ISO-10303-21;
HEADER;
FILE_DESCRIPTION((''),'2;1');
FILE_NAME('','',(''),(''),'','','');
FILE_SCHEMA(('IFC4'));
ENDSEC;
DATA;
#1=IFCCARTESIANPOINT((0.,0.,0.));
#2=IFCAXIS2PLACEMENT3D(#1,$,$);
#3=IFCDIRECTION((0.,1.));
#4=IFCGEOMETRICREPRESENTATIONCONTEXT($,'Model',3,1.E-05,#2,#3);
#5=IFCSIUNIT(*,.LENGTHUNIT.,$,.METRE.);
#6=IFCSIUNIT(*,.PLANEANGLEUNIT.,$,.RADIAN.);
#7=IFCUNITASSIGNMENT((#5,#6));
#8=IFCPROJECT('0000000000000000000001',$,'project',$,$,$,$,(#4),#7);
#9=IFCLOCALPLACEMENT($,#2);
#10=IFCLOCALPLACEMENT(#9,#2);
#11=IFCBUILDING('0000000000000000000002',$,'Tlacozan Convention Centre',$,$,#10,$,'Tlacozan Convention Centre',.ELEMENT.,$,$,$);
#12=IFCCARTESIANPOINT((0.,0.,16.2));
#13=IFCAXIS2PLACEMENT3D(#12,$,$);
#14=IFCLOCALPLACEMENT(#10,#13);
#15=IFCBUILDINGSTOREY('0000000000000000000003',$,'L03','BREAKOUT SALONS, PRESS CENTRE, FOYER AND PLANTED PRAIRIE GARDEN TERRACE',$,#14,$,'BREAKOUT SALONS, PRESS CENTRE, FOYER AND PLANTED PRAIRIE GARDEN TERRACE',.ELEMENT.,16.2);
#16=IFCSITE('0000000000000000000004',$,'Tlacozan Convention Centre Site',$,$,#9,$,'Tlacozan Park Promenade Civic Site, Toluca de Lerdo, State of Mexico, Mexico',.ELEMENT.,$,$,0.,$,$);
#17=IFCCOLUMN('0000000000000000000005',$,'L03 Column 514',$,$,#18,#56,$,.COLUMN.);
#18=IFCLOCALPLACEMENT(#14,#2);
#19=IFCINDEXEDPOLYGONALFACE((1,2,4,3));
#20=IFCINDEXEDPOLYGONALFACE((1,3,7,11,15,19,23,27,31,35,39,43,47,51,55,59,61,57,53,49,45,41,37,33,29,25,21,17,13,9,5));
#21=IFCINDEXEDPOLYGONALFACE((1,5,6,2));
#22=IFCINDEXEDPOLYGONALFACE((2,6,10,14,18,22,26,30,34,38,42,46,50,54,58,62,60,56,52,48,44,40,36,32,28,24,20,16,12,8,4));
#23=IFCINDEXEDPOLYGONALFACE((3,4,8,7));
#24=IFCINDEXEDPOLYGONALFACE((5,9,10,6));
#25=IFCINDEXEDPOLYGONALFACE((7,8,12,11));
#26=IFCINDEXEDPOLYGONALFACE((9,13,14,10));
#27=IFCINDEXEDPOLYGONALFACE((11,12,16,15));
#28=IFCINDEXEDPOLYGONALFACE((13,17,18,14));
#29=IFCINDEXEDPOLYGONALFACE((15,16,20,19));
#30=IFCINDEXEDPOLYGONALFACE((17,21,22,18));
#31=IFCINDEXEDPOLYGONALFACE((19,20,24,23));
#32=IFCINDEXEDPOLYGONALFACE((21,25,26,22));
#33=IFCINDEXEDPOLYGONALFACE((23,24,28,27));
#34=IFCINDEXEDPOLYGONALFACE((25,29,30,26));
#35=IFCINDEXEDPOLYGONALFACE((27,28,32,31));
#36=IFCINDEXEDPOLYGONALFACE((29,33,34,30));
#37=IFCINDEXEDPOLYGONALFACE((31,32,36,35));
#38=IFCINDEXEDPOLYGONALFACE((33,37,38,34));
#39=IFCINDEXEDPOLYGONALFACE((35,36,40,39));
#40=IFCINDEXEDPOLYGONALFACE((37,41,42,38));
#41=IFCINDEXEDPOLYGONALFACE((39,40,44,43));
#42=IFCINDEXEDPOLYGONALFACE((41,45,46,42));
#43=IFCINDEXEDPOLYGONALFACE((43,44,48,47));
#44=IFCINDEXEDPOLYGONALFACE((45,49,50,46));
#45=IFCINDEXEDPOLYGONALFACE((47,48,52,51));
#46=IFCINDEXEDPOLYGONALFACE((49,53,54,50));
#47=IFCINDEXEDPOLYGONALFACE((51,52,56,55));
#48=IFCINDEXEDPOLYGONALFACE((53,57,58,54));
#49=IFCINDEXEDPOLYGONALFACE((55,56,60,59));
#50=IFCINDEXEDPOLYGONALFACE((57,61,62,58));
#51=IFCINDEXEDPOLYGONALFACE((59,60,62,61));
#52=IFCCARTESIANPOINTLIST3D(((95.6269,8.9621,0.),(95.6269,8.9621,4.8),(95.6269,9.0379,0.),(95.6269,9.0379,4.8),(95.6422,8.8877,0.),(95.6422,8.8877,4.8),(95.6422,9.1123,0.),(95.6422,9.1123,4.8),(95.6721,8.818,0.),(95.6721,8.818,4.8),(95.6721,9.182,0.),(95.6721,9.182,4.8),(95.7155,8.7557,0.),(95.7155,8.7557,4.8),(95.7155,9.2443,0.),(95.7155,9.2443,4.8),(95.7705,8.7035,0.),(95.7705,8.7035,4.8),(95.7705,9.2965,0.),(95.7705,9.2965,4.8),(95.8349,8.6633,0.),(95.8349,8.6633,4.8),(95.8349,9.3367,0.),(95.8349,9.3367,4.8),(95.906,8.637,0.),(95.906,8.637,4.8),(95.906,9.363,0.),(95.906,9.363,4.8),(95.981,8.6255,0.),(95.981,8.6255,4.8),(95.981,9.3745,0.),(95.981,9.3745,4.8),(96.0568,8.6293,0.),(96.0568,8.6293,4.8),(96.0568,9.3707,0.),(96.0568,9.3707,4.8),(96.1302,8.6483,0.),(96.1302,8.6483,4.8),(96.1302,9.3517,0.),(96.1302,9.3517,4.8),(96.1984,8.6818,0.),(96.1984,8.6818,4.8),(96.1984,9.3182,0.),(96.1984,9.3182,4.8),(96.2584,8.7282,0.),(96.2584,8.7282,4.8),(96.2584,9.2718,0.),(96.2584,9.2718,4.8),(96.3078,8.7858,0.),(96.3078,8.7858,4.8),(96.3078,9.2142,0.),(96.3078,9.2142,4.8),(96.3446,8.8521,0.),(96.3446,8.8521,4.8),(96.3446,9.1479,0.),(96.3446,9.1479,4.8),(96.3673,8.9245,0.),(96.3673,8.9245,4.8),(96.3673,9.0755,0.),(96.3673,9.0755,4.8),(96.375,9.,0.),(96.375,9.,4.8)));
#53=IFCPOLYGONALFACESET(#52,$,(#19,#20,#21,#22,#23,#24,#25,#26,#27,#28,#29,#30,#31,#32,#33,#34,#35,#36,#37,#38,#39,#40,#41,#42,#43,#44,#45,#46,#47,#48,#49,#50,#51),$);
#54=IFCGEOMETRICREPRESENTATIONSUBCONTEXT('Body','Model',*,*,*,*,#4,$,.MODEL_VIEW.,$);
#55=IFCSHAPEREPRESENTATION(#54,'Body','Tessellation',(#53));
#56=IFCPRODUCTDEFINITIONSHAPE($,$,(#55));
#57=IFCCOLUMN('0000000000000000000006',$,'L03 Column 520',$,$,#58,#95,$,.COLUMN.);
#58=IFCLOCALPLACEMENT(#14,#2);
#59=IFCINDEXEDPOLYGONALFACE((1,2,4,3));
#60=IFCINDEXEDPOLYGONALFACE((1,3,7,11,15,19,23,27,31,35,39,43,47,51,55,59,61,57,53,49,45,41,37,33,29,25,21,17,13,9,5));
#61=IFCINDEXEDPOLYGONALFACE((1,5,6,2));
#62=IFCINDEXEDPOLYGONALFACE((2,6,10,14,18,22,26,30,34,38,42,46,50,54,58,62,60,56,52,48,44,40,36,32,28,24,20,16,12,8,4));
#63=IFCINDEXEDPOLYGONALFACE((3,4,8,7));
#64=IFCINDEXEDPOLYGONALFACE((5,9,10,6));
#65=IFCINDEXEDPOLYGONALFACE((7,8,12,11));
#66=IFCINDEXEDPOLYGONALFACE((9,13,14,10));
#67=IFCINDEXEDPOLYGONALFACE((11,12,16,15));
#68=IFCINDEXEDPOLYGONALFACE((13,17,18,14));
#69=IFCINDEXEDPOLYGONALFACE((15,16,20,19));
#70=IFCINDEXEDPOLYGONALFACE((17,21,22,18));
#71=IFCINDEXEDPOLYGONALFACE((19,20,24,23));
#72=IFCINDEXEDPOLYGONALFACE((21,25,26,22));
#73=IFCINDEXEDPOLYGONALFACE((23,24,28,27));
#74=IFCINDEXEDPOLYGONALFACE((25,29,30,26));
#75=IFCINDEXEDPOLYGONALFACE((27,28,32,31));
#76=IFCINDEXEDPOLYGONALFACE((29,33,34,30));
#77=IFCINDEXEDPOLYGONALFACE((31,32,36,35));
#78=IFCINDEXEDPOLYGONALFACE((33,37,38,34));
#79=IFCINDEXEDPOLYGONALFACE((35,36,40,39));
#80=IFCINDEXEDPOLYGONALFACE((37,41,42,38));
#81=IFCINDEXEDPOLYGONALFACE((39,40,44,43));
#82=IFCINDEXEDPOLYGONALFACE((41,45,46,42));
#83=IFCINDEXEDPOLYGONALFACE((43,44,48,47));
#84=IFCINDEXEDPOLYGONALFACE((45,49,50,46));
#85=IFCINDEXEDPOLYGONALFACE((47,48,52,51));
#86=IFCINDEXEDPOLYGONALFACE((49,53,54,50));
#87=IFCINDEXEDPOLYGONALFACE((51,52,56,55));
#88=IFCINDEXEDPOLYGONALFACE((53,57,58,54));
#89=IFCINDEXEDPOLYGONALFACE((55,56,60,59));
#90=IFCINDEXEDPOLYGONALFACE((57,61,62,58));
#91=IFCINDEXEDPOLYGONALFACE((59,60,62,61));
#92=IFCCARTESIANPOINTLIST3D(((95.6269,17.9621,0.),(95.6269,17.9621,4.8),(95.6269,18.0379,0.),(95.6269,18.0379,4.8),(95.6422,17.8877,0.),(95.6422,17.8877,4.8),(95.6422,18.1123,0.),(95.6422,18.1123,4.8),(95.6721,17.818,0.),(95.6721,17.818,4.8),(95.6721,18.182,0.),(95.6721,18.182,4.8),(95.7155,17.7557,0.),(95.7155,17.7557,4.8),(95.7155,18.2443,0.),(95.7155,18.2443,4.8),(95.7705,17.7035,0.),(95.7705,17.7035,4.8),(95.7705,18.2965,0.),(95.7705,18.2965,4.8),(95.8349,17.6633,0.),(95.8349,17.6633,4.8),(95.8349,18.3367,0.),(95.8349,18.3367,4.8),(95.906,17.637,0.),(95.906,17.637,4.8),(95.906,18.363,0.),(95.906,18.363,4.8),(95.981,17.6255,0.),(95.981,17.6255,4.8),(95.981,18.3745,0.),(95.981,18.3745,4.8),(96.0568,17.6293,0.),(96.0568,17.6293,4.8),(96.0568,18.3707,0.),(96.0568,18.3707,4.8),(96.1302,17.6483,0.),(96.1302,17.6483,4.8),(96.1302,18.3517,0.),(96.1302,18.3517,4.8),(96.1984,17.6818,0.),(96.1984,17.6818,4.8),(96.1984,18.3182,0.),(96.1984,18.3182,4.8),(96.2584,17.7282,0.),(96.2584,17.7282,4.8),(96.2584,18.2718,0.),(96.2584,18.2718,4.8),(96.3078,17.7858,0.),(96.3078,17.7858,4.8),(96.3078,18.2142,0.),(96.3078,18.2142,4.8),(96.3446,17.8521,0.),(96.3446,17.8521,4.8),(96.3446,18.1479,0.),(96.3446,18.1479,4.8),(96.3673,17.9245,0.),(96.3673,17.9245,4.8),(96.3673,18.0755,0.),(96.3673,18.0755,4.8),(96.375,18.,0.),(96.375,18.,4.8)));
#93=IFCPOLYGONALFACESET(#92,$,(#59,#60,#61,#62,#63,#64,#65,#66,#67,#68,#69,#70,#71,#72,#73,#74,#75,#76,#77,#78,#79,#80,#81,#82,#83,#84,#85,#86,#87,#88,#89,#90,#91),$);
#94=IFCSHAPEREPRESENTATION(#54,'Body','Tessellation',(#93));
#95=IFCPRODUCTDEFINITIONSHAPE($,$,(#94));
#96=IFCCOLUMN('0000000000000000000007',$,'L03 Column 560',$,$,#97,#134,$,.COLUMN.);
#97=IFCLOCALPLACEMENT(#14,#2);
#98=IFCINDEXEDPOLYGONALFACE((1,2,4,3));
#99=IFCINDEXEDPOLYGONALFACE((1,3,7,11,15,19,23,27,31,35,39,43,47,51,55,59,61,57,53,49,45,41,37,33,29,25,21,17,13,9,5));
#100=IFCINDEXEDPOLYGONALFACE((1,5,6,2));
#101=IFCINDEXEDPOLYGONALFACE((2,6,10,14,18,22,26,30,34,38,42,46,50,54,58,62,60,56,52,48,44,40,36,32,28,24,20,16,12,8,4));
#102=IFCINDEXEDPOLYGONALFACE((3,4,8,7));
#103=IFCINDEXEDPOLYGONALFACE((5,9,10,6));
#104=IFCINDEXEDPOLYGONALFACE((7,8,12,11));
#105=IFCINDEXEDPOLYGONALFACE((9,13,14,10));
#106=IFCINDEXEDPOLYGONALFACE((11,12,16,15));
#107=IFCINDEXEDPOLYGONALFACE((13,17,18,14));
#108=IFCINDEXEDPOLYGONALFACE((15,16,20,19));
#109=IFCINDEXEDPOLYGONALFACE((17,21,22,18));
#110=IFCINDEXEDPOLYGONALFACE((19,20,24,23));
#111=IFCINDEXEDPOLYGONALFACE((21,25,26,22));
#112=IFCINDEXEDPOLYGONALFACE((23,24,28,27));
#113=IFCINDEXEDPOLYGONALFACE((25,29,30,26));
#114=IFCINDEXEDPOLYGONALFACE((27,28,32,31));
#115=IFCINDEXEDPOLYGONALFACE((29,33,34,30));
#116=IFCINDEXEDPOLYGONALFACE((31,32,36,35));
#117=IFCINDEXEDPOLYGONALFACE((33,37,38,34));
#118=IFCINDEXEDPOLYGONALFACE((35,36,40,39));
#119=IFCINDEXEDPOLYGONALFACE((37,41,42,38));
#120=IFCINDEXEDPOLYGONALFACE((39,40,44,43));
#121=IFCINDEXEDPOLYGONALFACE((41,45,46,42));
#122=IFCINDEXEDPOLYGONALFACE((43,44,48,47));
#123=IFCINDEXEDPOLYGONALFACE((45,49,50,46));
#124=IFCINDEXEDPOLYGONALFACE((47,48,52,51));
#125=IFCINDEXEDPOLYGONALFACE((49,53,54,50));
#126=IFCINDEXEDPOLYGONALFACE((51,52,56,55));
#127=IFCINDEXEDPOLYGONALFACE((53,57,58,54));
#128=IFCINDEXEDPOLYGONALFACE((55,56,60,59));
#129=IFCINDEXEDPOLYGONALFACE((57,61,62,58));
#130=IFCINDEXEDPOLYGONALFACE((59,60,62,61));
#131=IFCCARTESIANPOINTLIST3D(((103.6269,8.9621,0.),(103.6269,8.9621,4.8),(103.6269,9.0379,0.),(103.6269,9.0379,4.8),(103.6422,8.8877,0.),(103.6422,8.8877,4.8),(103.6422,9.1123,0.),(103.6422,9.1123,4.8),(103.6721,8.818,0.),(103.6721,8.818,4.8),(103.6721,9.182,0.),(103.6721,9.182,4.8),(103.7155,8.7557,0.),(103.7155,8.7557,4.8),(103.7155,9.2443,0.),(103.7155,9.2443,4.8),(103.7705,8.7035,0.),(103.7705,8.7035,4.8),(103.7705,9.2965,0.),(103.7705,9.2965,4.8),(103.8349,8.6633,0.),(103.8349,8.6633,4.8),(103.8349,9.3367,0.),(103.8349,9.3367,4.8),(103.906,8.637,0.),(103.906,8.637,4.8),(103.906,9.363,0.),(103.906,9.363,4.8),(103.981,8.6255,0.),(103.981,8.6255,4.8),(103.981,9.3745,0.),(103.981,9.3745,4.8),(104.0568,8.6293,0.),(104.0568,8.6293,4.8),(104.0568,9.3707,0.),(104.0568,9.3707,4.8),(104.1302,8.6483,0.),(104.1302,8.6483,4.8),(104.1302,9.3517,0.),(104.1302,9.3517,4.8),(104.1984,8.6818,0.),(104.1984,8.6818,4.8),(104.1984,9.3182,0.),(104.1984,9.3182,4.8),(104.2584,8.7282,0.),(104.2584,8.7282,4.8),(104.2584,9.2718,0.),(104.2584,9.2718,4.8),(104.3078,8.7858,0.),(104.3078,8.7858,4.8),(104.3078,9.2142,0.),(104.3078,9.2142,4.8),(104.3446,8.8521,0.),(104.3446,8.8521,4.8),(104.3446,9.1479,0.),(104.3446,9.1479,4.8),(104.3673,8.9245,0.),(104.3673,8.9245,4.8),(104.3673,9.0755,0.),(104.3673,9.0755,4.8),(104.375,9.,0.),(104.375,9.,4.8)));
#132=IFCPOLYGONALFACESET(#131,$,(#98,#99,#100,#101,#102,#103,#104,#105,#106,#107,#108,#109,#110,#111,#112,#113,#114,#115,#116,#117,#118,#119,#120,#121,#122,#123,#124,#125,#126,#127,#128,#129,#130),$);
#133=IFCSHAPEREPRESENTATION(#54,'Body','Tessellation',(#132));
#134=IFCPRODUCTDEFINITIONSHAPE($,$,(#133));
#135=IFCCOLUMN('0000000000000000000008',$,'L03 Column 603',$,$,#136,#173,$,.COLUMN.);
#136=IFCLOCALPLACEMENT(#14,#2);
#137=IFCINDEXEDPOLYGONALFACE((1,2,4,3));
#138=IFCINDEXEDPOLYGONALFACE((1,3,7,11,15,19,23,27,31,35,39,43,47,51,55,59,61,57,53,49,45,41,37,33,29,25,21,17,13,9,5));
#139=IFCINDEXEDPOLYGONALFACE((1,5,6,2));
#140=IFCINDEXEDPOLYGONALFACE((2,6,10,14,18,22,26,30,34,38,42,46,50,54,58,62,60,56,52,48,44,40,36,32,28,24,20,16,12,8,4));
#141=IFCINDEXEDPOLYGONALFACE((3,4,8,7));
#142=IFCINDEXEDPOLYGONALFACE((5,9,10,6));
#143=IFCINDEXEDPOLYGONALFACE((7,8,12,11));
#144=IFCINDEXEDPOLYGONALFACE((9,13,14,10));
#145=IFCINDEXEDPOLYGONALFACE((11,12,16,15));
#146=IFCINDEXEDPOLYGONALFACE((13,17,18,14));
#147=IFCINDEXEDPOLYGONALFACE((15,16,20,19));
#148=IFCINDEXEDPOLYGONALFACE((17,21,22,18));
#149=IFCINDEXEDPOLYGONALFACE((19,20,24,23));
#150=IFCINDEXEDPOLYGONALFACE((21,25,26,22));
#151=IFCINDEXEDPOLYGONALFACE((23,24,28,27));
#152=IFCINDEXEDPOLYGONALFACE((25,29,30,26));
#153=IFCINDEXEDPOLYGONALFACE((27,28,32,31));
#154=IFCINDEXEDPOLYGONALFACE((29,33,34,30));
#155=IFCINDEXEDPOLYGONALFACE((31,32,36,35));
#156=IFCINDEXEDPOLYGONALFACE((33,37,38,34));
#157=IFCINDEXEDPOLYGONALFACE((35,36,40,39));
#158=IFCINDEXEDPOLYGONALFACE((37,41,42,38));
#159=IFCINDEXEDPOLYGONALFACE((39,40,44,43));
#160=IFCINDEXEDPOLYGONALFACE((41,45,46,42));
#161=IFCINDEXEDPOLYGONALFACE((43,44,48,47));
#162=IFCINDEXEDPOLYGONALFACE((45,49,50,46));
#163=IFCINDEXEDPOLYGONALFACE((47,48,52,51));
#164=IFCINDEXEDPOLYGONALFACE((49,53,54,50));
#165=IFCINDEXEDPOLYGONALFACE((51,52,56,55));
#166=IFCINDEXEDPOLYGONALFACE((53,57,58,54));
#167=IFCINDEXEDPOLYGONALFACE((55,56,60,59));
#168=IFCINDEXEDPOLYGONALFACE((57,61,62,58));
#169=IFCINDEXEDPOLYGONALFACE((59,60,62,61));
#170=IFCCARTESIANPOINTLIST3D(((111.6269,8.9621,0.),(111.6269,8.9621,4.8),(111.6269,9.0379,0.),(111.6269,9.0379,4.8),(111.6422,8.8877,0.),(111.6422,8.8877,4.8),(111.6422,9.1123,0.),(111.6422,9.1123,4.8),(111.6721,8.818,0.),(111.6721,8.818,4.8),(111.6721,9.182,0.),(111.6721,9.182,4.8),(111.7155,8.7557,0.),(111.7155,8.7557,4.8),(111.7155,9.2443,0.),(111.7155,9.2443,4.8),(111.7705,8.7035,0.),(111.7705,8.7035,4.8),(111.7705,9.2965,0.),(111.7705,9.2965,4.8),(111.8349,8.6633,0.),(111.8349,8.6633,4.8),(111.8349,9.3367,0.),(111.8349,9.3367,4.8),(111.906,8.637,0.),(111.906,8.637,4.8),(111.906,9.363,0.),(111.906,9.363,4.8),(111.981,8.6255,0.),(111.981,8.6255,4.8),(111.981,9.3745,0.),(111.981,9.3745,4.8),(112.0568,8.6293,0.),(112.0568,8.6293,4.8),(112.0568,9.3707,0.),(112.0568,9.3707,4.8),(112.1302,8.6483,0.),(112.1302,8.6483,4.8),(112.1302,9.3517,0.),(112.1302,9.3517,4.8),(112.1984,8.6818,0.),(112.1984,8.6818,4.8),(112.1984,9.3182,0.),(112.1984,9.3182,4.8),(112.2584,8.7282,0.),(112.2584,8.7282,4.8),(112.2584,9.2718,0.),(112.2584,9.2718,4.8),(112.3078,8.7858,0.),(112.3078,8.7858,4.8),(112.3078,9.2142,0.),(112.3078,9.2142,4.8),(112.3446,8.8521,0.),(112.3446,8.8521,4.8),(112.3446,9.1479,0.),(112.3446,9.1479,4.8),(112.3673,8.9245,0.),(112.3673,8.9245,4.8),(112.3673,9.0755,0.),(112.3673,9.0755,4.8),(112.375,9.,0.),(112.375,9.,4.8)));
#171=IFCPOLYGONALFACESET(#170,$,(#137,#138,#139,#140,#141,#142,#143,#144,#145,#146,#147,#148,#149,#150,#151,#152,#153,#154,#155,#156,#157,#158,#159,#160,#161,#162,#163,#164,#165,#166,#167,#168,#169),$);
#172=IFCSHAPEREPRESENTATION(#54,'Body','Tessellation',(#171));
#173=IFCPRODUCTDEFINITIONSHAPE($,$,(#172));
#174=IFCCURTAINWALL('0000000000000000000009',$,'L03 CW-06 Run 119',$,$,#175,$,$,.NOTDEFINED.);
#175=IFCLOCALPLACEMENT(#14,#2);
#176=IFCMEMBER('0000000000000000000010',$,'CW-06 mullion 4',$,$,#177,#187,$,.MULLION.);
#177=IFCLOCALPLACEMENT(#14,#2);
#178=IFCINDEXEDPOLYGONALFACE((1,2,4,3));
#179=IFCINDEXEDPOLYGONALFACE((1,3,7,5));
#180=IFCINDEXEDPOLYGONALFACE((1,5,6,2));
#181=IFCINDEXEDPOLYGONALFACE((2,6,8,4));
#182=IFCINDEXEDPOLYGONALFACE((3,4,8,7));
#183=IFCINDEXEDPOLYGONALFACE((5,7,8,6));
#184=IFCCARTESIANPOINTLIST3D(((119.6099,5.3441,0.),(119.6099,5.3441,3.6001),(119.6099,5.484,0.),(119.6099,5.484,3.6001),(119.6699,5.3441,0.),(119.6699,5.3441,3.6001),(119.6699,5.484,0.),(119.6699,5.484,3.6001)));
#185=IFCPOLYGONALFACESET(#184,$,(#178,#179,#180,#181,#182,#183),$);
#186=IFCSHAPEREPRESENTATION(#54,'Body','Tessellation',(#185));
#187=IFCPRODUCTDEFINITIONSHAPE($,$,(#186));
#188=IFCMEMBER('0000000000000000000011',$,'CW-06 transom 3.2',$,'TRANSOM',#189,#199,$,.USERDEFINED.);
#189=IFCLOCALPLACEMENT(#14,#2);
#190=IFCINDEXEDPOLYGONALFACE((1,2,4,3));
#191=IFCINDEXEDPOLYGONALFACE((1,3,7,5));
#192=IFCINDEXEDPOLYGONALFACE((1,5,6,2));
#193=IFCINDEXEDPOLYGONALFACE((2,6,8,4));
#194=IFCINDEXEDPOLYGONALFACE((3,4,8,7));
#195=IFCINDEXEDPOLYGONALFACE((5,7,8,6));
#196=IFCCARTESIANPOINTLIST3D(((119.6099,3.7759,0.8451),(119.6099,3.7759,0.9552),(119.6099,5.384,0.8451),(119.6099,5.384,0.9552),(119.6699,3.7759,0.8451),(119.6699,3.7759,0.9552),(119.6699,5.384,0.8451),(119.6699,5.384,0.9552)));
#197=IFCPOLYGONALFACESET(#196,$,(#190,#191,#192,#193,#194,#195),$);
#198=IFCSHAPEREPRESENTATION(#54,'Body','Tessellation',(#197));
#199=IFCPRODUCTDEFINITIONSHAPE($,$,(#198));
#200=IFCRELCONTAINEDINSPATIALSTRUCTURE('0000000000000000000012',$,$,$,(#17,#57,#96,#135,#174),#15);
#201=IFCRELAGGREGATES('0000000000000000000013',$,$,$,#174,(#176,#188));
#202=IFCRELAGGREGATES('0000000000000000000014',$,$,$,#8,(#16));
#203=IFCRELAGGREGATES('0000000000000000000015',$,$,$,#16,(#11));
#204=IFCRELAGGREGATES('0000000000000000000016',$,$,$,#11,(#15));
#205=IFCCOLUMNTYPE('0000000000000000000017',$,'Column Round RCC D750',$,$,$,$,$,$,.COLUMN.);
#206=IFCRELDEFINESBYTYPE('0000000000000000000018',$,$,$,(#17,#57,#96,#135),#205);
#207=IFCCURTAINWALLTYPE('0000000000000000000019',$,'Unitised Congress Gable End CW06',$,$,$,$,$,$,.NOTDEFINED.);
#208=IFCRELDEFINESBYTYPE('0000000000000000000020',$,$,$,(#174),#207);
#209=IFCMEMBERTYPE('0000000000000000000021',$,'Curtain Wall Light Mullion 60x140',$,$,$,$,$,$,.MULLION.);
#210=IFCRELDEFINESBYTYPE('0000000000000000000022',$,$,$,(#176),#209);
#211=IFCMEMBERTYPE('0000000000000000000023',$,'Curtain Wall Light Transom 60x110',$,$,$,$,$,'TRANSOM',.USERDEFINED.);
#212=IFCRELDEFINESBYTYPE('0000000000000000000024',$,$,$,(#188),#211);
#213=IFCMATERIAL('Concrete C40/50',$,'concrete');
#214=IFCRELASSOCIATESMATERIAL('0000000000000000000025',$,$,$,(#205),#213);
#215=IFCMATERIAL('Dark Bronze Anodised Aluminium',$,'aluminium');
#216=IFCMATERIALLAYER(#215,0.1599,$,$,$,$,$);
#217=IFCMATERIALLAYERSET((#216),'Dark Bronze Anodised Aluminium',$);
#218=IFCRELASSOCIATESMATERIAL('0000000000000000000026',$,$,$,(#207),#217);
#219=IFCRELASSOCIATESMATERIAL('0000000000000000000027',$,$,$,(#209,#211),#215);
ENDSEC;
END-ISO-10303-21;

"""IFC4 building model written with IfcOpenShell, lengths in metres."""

from ifc_helpers import new_model, si_unit, direction, frame, origin, origin_2d, place, context, subcontext, project, spatial, rectangle, circle, extrude, material, layer, layer_set, material_profile, profile_set, type_object, element, aggregate, save


model = new_model("IFC4")

# Units and contexts
model_context = context("Model", 3, precision=1e-05, world=origin(), true_north=direction((0.0, 1.0)))
body_context = subcontext(model_context, "Body", "Model", "MODEL_VIEW")
ifc_project = project(units=[si_unit("LENGTHUNIT", "METRE"), si_unit("PLANEANGLEUNIT", "RADIAN")], contexts=[model_context])

# Site, building, storey
site_placement = place(None, origin())
site = spatial("IfcSite", under=ifc_project, at=site_placement, Name="Tlacozan Convention Centre Site", LongName="Tlacozan Park Promenade Civic Site, Toluca de Lerdo, State of Mexico, Mexico", CompositionType="ELEMENT", RefElevation=0.0)
building_placement = place(site_placement, origin())
building = spatial("IfcBuilding", under=site, at=building_placement, Name="Tlacozan Convention Centre", LongName="Tlacozan Convention Centre", CompositionType="ELEMENT")
storey_placement = place(building_placement, frame((0.0, 0.0, 16.2)))
storey = spatial("IfcBuildingStorey", under=building, at=storey_placement, Name="L03", Description="BREAKOUT SALONS, PRESS CENTRE, FOYER AND PLANTED PRAIRIE GARDEN TERRACE", LongName="BREAKOUT SALONS, PRESS CENTRE, FOYER AND PLANTED PRAIRIE GARDEN TERRACE", CompositionType="ELEMENT", Elevation=16.2)

# Columns
ifc_material_1 = material(Name="Concrete C40/50", Category="concrete")
ifc_material_profile_1 = material_profile(ifc_material_1, circle(Radius=0.375, at=origin_2d()), Name="RCC D750")
ifc_profile_set_1 = profile_set([ifc_material_profile_1], Name="Concrete C40/50")
column_type = type_object("IfcColumnType", Name="Column Round RCC D750", PredefinedType="COLUMN", material=ifc_profile_set_1)
for number, where, z_axis, x_axis, name in (
    (1, (96.0, 9.0, 0.0), (0.0, 0.0, 1.0), (1.0, 0.0, 0.0), "L03 Column 514"),
    (2, (96.0, 18.0, 0.0), (0.0, 0.0, 1.0), (1.0, 0.0, 0.0), "L03 Column 520"),
    (3, (104.0, 9.0, 0.0), (0.0, 0.0, 1.0), (1.0, 0.0, 0.0), "L03 Column 560"),
    (4, (112.0, 9.0, 0.0), (0.0, 0.0, 1.0), (1.0, 0.0, 0.0), "L03 Column 603"),
):
    element("IfcColumn", number, at=place(storey_placement, frame(where, z_axis=z_axis, x_axis=x_axis)), inside=storey, type_object=column_type, Name=name, PredefinedType="COLUMN", context=body_context, shape_type="SweptSolid", body=[
        extrude(circle(Radius=0.375, at=origin_2d()), origin(), (0.0, 0.0, 1.0), 4.8),
    ])

# Curtain wall, members
ifc_material_2 = material(Name="Dark Bronze Anodised Aluminium", Category="aluminium")
ifc_layer_1 = layer(ifc_material_2, 0.1599)
ifc_layer_set_1 = layer_set([ifc_layer_1], Name="Dark Bronze Anodised Aluminium")
curtain_wall_type = type_object("IfcCurtainWallType", Name="Unitised Congress Gable End CW06", PredefinedType="NOTDEFINED", material=ifc_layer_set_1)
curtain_wall_placement = place(storey_placement, origin())
curtain_wall = element("IfcCurtainWall", 5, at=curtain_wall_placement, inside=storey, type_object=curtain_wall_type, Name="L03 CW-06 Run 119", PredefinedType="NOTDEFINED")
ifc_material_profile_2 = material_profile(ifc_material_2, rectangle(XDim=0.0601, YDim=0.1399, at=origin_2d()), Name="ALU 60x140")
ifc_profile_set_2 = profile_set([ifc_material_profile_2], Name="Dark Bronze Anodised Aluminium")
member_type_1 = type_object("IfcMemberType", Name="Curtain Wall Light Mullion 60x140", PredefinedType="MULLION", material=ifc_profile_set_2)
member_1_placement = place(storey_placement, frame((119.6399, 5.4141, 0.0), z_axis=(0.0, 0.0, 1.0), x_axis=(-1.0, 0.0, 0.0)))
member_1 = element("IfcMember", 6, at=member_1_placement, type_object=member_type_1, Name="CW-06 mullion 4", PredefinedType="MULLION", context=body_context, shape_type="SweptSolid", body=[
    extrude(rectangle(XDim=0.0601, YDim=0.1399, at=origin_2d()), origin(), (0.0, 0.0, 1.0), 3.6001),
])
ifc_material_profile_3 = material_profile(ifc_material_2, rectangle(XDim=0.0601, YDim=0.1101, at=origin_2d()), Name="ALU 60x110")
ifc_profile_set_3 = profile_set([ifc_material_profile_3], Name="Dark Bronze Anodised Aluminium")
member_type_2 = type_object("IfcMemberType", Name="Curtain Wall Light Transom 60x110", ElementType="TRANSOM", PredefinedType="USERDEFINED", material=ifc_profile_set_3)
member_2_placement = place(storey_placement, frame((119.6399, 3.7759, 0.9001), z_axis=(0.0, 1.0, 0.0), x_axis=(-1.0, 0.0, 0.0)))
member_2 = element("IfcMember", 7, at=member_2_placement, type_object=member_type_2, Name="CW-06 transom 3.2", ObjectType="TRANSOM", PredefinedType="USERDEFINED", context=body_context, shape_type="SweptSolid", body=[
    extrude(rectangle(XDim=0.0601, YDim=0.1101, at=origin_2d()), origin(), (0.0, 0.0, 1.0), 1.6082),
])

aggregate(curtain_wall, [member_1, member_2])

save(model, "model.ifc")
